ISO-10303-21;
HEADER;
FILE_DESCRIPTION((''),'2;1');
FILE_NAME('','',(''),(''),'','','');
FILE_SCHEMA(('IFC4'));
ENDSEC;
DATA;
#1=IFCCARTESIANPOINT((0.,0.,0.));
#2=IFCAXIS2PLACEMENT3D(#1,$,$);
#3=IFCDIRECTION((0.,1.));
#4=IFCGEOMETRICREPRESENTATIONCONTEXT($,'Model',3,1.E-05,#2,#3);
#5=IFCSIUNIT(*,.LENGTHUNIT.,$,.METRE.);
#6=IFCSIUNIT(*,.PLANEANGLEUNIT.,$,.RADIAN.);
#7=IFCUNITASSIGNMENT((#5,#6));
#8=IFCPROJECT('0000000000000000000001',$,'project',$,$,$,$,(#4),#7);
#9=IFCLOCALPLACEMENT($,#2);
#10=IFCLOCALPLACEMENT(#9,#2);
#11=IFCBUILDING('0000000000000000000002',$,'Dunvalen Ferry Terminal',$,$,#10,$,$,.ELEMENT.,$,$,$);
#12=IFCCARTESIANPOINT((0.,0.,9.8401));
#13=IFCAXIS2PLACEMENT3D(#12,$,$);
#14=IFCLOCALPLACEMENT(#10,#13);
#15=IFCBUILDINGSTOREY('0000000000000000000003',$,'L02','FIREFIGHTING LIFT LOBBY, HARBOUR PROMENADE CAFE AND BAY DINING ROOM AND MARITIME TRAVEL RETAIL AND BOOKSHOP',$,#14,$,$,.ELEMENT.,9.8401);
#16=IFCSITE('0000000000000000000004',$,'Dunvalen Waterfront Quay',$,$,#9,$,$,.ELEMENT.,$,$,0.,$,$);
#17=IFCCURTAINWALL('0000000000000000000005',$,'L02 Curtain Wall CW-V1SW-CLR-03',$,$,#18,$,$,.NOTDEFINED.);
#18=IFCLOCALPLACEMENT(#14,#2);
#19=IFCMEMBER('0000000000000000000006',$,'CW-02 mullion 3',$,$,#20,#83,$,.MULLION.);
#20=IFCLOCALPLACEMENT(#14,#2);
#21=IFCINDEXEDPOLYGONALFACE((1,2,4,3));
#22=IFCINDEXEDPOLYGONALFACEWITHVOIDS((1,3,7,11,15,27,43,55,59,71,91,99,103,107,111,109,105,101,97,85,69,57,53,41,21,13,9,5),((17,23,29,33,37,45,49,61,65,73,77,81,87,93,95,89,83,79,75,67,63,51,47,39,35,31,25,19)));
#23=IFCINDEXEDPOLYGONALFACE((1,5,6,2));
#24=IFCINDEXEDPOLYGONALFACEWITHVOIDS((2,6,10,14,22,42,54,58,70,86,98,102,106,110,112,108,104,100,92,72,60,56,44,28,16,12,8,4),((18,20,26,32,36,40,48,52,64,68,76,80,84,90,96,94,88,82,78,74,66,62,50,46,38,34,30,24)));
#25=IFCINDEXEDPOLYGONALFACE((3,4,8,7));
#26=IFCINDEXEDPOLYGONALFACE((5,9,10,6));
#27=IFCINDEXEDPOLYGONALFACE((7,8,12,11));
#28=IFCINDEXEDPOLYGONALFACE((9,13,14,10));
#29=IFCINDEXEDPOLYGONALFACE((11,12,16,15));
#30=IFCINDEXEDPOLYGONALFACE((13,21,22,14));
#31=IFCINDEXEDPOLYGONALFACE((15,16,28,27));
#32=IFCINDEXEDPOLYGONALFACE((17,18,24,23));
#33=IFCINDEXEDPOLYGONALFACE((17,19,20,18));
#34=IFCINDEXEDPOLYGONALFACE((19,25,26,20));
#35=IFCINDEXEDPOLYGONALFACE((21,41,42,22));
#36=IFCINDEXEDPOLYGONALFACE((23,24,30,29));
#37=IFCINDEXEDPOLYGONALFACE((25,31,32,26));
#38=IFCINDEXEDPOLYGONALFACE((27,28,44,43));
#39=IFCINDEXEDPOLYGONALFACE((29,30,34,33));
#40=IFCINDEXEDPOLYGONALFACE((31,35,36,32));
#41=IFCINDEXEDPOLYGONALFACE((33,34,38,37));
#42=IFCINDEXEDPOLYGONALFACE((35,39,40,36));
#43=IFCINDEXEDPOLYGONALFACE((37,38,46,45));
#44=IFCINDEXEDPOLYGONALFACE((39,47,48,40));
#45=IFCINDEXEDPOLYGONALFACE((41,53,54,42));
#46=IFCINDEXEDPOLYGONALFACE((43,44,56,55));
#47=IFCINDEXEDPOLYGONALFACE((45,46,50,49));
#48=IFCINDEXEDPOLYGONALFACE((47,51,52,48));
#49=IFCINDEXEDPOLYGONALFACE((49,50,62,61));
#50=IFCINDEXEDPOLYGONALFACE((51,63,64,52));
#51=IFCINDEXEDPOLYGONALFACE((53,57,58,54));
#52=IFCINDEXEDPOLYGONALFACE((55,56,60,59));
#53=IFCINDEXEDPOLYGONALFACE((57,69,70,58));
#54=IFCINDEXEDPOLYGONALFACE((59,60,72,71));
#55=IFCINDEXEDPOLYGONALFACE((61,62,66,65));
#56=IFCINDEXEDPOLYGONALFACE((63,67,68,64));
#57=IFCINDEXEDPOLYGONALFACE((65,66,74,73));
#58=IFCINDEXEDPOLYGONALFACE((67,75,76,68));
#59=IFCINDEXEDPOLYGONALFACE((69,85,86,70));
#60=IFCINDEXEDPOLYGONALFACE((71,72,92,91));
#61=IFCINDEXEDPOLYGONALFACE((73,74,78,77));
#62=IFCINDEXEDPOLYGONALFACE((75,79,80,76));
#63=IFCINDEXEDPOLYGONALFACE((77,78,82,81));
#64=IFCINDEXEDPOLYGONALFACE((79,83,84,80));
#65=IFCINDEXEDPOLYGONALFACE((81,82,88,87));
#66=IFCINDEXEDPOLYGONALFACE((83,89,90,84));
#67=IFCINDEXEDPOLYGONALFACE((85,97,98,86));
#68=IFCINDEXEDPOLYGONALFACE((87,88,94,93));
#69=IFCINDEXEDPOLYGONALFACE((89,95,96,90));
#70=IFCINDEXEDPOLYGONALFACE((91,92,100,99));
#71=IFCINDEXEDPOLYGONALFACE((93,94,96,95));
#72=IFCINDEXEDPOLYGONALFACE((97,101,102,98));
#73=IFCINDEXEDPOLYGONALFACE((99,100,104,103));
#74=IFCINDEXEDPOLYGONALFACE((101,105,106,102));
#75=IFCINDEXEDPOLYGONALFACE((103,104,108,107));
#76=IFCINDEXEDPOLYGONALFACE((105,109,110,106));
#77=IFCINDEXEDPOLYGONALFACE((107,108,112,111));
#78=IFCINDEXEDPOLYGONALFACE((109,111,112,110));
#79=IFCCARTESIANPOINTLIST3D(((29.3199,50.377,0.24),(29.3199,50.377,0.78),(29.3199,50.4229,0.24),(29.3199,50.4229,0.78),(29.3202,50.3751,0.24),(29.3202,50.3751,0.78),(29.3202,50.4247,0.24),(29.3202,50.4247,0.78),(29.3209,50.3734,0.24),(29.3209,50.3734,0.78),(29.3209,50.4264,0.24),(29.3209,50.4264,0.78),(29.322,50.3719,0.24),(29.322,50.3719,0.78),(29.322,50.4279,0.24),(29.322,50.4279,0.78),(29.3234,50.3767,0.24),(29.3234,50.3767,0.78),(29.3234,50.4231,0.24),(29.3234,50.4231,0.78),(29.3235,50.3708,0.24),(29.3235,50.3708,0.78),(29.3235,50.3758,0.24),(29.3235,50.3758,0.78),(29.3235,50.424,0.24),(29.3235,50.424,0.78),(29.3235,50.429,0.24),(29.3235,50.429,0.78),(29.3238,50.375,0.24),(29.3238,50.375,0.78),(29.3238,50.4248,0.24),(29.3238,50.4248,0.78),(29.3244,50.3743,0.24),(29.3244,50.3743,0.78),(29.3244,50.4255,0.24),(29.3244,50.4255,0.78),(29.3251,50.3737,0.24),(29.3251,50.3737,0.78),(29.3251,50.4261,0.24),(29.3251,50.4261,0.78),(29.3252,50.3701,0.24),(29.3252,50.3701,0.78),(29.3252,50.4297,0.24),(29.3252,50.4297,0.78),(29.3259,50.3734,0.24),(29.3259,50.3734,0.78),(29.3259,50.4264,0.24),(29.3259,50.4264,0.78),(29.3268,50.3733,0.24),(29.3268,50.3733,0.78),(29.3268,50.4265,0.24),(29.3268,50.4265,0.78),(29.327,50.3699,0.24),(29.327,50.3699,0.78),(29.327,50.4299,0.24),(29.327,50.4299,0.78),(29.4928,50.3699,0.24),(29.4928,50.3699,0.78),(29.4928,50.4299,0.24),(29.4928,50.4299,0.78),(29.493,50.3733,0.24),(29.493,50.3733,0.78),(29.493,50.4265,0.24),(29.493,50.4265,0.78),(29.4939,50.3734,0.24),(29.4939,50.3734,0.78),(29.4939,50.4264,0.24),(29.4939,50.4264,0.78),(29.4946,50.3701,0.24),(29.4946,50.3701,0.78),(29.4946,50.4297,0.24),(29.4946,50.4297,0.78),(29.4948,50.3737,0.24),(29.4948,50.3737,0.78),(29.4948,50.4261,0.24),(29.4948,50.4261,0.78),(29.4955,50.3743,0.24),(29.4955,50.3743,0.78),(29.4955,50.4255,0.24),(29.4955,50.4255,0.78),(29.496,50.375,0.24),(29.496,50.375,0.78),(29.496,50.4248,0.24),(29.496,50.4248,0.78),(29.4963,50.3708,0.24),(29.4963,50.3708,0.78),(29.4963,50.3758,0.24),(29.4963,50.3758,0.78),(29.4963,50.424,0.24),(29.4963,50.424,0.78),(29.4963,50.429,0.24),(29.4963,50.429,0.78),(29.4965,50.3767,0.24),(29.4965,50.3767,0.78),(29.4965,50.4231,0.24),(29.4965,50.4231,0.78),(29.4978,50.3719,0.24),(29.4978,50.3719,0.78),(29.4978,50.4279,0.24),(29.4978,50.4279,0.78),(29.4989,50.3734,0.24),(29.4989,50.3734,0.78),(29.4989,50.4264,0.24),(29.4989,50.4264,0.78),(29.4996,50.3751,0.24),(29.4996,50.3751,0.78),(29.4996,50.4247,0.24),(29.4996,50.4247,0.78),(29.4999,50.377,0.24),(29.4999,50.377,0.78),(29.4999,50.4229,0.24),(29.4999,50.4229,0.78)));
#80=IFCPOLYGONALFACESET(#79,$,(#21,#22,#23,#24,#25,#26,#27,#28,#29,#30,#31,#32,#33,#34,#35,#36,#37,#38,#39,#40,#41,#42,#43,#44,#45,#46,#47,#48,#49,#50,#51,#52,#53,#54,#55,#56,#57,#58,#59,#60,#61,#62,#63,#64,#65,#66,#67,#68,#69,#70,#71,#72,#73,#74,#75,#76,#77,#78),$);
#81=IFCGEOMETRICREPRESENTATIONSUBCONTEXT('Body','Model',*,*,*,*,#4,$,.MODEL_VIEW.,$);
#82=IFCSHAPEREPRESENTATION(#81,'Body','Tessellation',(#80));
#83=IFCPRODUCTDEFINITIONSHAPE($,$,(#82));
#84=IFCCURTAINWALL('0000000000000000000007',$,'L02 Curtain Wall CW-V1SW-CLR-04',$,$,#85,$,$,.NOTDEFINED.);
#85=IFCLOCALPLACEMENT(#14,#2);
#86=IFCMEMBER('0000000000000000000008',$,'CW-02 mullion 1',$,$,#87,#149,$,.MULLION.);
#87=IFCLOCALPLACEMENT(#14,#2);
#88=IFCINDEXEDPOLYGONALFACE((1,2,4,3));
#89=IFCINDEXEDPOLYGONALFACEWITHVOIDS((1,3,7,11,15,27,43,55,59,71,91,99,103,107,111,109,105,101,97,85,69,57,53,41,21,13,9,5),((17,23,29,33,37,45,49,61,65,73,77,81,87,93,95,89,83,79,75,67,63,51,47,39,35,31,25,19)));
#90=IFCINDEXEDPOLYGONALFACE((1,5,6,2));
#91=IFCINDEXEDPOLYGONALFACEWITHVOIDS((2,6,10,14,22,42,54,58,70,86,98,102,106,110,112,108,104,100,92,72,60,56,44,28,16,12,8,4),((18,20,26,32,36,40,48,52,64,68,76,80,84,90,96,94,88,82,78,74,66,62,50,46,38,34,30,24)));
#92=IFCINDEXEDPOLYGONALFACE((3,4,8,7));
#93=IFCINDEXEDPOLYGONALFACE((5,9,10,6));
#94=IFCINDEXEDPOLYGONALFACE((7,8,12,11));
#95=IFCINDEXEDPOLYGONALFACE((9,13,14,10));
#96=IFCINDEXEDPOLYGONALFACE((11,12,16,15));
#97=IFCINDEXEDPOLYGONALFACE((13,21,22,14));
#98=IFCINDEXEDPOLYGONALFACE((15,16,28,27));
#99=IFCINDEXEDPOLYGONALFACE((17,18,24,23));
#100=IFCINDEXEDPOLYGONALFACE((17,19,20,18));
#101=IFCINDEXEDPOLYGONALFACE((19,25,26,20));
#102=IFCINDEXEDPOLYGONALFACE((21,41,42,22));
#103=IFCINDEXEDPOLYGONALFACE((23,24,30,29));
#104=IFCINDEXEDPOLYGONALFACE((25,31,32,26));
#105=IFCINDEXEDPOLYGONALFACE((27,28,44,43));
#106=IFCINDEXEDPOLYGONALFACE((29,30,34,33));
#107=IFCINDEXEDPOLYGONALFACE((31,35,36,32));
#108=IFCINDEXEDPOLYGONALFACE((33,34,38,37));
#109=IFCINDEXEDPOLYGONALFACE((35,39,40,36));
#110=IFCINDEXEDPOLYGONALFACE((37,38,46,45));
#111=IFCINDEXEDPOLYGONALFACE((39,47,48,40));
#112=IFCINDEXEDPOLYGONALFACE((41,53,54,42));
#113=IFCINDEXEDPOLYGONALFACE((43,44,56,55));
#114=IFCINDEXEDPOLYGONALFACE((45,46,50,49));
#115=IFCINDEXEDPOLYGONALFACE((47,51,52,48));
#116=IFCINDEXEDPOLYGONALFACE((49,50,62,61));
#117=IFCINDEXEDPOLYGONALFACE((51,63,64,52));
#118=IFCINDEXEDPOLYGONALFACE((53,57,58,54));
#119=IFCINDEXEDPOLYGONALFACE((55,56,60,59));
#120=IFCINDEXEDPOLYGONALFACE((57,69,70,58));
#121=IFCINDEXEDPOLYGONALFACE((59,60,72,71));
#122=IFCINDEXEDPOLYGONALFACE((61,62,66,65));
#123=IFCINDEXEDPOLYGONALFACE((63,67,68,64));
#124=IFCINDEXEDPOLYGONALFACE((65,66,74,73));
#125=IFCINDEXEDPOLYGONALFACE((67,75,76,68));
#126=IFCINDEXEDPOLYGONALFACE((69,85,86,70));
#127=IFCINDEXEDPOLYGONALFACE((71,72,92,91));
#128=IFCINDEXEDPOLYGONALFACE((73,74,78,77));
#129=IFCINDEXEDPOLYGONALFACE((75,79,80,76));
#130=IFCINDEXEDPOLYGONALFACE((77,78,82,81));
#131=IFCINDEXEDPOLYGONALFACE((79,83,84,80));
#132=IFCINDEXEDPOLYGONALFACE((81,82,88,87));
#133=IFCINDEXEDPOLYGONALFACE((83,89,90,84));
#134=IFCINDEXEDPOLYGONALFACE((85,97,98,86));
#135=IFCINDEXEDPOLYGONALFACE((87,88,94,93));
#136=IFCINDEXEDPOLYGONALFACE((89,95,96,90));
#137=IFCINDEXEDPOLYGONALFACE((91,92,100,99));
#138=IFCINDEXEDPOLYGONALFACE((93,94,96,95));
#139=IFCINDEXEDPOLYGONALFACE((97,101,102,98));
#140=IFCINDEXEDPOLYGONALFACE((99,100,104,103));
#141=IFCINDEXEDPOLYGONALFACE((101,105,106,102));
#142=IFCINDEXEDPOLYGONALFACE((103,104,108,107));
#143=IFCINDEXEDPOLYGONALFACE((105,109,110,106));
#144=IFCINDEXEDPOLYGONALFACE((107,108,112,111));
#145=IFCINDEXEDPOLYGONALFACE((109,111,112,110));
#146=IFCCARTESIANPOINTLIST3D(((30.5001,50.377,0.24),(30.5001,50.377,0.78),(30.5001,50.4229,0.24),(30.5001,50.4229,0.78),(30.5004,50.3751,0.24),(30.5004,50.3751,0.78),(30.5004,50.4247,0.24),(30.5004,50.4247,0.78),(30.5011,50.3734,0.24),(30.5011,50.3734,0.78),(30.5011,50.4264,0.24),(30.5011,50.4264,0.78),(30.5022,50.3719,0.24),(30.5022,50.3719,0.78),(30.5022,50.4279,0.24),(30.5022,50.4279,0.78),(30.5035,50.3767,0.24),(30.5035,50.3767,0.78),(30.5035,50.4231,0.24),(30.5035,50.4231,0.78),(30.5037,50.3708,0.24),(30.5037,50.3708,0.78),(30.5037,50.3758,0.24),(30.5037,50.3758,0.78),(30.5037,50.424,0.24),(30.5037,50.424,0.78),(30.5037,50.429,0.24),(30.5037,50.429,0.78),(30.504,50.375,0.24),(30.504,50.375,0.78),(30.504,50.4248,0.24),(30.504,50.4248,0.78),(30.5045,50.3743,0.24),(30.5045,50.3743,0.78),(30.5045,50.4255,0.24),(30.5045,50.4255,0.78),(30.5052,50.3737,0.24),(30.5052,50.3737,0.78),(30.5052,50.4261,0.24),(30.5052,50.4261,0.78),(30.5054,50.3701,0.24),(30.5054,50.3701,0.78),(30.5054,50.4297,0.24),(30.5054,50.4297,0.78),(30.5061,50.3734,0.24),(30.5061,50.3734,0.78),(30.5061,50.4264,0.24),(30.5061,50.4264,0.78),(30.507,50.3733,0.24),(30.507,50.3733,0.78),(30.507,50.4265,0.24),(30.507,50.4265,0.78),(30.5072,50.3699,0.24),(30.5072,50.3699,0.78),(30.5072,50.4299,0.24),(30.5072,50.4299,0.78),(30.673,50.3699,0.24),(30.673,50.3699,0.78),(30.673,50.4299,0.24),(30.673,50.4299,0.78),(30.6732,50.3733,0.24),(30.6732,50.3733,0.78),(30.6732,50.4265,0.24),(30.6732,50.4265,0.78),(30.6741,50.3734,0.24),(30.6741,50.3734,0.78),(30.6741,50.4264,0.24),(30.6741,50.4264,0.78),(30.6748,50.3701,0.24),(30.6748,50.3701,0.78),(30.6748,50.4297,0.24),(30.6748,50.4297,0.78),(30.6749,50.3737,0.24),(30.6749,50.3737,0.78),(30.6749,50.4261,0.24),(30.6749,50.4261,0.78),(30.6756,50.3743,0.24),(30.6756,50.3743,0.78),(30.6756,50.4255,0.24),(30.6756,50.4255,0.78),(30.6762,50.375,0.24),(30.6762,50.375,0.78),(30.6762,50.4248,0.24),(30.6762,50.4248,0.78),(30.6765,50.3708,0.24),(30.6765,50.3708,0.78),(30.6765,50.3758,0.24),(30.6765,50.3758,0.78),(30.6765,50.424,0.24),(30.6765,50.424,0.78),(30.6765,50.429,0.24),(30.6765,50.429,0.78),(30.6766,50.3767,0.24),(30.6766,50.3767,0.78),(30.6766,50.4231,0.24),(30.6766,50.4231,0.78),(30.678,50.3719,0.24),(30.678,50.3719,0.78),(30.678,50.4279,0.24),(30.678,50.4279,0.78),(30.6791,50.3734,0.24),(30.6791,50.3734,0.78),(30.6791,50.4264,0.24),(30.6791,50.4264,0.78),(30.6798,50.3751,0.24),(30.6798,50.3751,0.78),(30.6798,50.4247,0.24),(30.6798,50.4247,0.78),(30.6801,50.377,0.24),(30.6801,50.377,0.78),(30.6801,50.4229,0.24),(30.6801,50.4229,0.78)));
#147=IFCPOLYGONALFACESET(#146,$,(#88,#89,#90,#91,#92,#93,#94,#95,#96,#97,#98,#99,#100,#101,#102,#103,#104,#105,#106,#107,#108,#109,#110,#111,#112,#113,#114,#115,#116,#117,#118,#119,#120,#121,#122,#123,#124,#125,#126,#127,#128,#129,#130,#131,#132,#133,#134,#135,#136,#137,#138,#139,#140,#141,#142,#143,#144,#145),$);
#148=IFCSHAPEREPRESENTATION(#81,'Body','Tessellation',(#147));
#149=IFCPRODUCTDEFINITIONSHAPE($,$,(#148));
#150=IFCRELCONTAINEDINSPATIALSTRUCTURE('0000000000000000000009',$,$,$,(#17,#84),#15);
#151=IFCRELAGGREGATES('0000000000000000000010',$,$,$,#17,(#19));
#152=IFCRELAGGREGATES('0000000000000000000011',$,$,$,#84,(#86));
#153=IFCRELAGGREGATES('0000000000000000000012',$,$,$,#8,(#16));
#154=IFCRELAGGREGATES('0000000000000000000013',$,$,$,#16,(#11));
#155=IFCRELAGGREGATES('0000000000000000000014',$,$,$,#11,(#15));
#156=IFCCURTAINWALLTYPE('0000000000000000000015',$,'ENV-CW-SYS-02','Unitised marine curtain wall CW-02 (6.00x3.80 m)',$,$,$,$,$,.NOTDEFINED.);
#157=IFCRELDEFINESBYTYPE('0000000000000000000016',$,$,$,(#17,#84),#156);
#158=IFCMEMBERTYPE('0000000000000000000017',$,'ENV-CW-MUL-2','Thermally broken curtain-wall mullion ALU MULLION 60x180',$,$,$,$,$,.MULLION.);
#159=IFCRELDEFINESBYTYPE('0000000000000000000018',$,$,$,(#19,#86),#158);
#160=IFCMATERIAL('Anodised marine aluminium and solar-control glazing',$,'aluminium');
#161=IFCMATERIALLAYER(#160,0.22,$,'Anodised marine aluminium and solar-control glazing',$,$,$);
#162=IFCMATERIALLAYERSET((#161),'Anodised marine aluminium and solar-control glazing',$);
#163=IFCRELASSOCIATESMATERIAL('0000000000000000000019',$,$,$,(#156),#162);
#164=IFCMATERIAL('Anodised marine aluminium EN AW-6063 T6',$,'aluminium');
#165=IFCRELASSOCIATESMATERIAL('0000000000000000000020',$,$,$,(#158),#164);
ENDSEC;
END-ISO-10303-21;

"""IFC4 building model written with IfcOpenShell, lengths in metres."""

from ifc_helpers import new_model, si_unit, direction, frame, origin, origin_2d, place, context, subcontext, project, spatial, hollow_rectangle, extrude, material, layer, layer_set, material_profile, profile_set, type_object, element, aggregate, save


model = new_model("IFC4")

# Units and contexts
model_context = context("Model", 3, precision=1e-05, world=origin(), true_north=direction((0.0, 1.0)))
body_context = subcontext(model_context, "Body", "Model", "MODEL_VIEW")
ifc_project = project(units=[si_unit("LENGTHUNIT", "METRE"), si_unit("PLANEANGLEUNIT", "RADIAN")], contexts=[model_context])

# Site, building, storey
site_placement = place(None, origin())
site = spatial("IfcSite", under=ifc_project, at=site_placement, Name="Dunvalen Waterfront Quay", CompositionType="ELEMENT", RefElevation=0.0)
building_placement = place(site_placement, origin())
building = spatial("IfcBuilding", under=site, at=building_placement, Name="Dunvalen Ferry Terminal", CompositionType="ELEMENT")
storey_placement = place(building_placement, frame((0.0, 0.0, 9.8401)))
storey = spatial("IfcBuildingStorey", under=building, at=storey_placement, Name="L02", Description="FIREFIGHTING LIFT LOBBY, HARBOUR PROMENADE CAFE AND BAY DINING ROOM AND MARITIME TRAVEL RETAIL AND BOOKSHOP", CompositionType="ELEMENT", Elevation=9.8401)

# Curtain wall, member
ifc_material_1 = material(Name="Anodised marine aluminium and solar-control glazing", Category="aluminium")
ifc_layer_1 = layer(ifc_material_1, 0.22, Name="Anodised marine aluminium and solar-control glazing")
ifc_layer_set_1 = layer_set([ifc_layer_1], Name="Anodised marine aluminium and solar-control glazing")
curtain_wall_type = type_object("IfcCurtainWallType", Name="ENV-CW-SYS-02", Description="Unitised marine curtain wall CW-02 (6.00x3.80 m)", PredefinedType="NOTDEFINED", material=ifc_layer_set_1)
curtain_wall_1_placement = place(storey_placement, origin())
curtain_wall_1 = element("IfcCurtainWall", 1, at=curtain_wall_1_placement, inside=storey, type_object=curtain_wall_type, Name="L02 Curtain Wall CW-V1SW-CLR-03", PredefinedType="NOTDEFINED")
ifc_material_2 = material(Name="Anodised marine aluminium EN AW-6063 T6", Category="aluminium")
ifc_material_profile_1 = material_profile(ifc_material_2, hollow_rectangle(XDim=0.0601, YDim=0.1799, WallThickness=0.0034, InnerFilletRadius=0.0034, OuterFilletRadius=0.0071, at=origin_2d()), Name="Anodised marine aluminium EN AW-6063 T6")
ifc_profile_set_1 = profile_set([ifc_material_profile_1], Name="Anodised marine aluminium EN AW-6063 T6")
member_type_1 = type_object("IfcMemberType", Name="ENV-CW-MUL-2", Description="Thermally broken curtain-wall mullion ALU MULLION 60x180", PredefinedType="MULLION", material=ifc_profile_set_1)
member_1_placement = place(storey_placement, frame((29.4099, 50.3999, 0.24), z_axis=(0.0, 0.0, 1.0), x_axis=(0.0, 1.0, 0.0)))
member_1 = element("IfcMember", 2, at=member_1_placement, type_object=member_type_1, Name="CW-02 mullion 3", PredefinedType="MULLION", context=body_context, shape_type="SweptSolid", body=[
    extrude(hollow_rectangle(XDim=0.0601, YDim=0.1799, WallThickness=0.0034, InnerFilletRadius=0.0034, OuterFilletRadius=0.0071, at=origin_2d()), origin(), (0.0, 0.0, 1.0), 0.54),
])

# Curtain wall, member
curtain_wall_2_placement = place(storey_placement, origin())
curtain_wall_2 = element("IfcCurtainWall", 3, at=curtain_wall_2_placement, inside=storey, type_object=curtain_wall_type, Name="L02 Curtain Wall CW-V1SW-CLR-04", PredefinedType="NOTDEFINED")
member_2_placement = place(storey_placement, frame((30.5901, 50.3999, 0.24), z_axis=(0.0, 0.0, 1.0), x_axis=(0.0, 1.0, 0.0)))
member_2 = element("IfcMember", 4, at=member_2_placement, type_object=member_type_1, Name="CW-02 mullion 1", PredefinedType="MULLION", context=body_context, shape_type="SweptSolid", body=[
    extrude(hollow_rectangle(XDim=0.0601, YDim=0.1799, WallThickness=0.0034, InnerFilletRadius=0.0034, OuterFilletRadius=0.0071, at=origin_2d()), origin(), (0.0, 0.0, 1.0), 0.54),
])

aggregate(curtain_wall_1, [member_1])
aggregate(curtain_wall_2, [member_2])

save(model, "model.ifc")
